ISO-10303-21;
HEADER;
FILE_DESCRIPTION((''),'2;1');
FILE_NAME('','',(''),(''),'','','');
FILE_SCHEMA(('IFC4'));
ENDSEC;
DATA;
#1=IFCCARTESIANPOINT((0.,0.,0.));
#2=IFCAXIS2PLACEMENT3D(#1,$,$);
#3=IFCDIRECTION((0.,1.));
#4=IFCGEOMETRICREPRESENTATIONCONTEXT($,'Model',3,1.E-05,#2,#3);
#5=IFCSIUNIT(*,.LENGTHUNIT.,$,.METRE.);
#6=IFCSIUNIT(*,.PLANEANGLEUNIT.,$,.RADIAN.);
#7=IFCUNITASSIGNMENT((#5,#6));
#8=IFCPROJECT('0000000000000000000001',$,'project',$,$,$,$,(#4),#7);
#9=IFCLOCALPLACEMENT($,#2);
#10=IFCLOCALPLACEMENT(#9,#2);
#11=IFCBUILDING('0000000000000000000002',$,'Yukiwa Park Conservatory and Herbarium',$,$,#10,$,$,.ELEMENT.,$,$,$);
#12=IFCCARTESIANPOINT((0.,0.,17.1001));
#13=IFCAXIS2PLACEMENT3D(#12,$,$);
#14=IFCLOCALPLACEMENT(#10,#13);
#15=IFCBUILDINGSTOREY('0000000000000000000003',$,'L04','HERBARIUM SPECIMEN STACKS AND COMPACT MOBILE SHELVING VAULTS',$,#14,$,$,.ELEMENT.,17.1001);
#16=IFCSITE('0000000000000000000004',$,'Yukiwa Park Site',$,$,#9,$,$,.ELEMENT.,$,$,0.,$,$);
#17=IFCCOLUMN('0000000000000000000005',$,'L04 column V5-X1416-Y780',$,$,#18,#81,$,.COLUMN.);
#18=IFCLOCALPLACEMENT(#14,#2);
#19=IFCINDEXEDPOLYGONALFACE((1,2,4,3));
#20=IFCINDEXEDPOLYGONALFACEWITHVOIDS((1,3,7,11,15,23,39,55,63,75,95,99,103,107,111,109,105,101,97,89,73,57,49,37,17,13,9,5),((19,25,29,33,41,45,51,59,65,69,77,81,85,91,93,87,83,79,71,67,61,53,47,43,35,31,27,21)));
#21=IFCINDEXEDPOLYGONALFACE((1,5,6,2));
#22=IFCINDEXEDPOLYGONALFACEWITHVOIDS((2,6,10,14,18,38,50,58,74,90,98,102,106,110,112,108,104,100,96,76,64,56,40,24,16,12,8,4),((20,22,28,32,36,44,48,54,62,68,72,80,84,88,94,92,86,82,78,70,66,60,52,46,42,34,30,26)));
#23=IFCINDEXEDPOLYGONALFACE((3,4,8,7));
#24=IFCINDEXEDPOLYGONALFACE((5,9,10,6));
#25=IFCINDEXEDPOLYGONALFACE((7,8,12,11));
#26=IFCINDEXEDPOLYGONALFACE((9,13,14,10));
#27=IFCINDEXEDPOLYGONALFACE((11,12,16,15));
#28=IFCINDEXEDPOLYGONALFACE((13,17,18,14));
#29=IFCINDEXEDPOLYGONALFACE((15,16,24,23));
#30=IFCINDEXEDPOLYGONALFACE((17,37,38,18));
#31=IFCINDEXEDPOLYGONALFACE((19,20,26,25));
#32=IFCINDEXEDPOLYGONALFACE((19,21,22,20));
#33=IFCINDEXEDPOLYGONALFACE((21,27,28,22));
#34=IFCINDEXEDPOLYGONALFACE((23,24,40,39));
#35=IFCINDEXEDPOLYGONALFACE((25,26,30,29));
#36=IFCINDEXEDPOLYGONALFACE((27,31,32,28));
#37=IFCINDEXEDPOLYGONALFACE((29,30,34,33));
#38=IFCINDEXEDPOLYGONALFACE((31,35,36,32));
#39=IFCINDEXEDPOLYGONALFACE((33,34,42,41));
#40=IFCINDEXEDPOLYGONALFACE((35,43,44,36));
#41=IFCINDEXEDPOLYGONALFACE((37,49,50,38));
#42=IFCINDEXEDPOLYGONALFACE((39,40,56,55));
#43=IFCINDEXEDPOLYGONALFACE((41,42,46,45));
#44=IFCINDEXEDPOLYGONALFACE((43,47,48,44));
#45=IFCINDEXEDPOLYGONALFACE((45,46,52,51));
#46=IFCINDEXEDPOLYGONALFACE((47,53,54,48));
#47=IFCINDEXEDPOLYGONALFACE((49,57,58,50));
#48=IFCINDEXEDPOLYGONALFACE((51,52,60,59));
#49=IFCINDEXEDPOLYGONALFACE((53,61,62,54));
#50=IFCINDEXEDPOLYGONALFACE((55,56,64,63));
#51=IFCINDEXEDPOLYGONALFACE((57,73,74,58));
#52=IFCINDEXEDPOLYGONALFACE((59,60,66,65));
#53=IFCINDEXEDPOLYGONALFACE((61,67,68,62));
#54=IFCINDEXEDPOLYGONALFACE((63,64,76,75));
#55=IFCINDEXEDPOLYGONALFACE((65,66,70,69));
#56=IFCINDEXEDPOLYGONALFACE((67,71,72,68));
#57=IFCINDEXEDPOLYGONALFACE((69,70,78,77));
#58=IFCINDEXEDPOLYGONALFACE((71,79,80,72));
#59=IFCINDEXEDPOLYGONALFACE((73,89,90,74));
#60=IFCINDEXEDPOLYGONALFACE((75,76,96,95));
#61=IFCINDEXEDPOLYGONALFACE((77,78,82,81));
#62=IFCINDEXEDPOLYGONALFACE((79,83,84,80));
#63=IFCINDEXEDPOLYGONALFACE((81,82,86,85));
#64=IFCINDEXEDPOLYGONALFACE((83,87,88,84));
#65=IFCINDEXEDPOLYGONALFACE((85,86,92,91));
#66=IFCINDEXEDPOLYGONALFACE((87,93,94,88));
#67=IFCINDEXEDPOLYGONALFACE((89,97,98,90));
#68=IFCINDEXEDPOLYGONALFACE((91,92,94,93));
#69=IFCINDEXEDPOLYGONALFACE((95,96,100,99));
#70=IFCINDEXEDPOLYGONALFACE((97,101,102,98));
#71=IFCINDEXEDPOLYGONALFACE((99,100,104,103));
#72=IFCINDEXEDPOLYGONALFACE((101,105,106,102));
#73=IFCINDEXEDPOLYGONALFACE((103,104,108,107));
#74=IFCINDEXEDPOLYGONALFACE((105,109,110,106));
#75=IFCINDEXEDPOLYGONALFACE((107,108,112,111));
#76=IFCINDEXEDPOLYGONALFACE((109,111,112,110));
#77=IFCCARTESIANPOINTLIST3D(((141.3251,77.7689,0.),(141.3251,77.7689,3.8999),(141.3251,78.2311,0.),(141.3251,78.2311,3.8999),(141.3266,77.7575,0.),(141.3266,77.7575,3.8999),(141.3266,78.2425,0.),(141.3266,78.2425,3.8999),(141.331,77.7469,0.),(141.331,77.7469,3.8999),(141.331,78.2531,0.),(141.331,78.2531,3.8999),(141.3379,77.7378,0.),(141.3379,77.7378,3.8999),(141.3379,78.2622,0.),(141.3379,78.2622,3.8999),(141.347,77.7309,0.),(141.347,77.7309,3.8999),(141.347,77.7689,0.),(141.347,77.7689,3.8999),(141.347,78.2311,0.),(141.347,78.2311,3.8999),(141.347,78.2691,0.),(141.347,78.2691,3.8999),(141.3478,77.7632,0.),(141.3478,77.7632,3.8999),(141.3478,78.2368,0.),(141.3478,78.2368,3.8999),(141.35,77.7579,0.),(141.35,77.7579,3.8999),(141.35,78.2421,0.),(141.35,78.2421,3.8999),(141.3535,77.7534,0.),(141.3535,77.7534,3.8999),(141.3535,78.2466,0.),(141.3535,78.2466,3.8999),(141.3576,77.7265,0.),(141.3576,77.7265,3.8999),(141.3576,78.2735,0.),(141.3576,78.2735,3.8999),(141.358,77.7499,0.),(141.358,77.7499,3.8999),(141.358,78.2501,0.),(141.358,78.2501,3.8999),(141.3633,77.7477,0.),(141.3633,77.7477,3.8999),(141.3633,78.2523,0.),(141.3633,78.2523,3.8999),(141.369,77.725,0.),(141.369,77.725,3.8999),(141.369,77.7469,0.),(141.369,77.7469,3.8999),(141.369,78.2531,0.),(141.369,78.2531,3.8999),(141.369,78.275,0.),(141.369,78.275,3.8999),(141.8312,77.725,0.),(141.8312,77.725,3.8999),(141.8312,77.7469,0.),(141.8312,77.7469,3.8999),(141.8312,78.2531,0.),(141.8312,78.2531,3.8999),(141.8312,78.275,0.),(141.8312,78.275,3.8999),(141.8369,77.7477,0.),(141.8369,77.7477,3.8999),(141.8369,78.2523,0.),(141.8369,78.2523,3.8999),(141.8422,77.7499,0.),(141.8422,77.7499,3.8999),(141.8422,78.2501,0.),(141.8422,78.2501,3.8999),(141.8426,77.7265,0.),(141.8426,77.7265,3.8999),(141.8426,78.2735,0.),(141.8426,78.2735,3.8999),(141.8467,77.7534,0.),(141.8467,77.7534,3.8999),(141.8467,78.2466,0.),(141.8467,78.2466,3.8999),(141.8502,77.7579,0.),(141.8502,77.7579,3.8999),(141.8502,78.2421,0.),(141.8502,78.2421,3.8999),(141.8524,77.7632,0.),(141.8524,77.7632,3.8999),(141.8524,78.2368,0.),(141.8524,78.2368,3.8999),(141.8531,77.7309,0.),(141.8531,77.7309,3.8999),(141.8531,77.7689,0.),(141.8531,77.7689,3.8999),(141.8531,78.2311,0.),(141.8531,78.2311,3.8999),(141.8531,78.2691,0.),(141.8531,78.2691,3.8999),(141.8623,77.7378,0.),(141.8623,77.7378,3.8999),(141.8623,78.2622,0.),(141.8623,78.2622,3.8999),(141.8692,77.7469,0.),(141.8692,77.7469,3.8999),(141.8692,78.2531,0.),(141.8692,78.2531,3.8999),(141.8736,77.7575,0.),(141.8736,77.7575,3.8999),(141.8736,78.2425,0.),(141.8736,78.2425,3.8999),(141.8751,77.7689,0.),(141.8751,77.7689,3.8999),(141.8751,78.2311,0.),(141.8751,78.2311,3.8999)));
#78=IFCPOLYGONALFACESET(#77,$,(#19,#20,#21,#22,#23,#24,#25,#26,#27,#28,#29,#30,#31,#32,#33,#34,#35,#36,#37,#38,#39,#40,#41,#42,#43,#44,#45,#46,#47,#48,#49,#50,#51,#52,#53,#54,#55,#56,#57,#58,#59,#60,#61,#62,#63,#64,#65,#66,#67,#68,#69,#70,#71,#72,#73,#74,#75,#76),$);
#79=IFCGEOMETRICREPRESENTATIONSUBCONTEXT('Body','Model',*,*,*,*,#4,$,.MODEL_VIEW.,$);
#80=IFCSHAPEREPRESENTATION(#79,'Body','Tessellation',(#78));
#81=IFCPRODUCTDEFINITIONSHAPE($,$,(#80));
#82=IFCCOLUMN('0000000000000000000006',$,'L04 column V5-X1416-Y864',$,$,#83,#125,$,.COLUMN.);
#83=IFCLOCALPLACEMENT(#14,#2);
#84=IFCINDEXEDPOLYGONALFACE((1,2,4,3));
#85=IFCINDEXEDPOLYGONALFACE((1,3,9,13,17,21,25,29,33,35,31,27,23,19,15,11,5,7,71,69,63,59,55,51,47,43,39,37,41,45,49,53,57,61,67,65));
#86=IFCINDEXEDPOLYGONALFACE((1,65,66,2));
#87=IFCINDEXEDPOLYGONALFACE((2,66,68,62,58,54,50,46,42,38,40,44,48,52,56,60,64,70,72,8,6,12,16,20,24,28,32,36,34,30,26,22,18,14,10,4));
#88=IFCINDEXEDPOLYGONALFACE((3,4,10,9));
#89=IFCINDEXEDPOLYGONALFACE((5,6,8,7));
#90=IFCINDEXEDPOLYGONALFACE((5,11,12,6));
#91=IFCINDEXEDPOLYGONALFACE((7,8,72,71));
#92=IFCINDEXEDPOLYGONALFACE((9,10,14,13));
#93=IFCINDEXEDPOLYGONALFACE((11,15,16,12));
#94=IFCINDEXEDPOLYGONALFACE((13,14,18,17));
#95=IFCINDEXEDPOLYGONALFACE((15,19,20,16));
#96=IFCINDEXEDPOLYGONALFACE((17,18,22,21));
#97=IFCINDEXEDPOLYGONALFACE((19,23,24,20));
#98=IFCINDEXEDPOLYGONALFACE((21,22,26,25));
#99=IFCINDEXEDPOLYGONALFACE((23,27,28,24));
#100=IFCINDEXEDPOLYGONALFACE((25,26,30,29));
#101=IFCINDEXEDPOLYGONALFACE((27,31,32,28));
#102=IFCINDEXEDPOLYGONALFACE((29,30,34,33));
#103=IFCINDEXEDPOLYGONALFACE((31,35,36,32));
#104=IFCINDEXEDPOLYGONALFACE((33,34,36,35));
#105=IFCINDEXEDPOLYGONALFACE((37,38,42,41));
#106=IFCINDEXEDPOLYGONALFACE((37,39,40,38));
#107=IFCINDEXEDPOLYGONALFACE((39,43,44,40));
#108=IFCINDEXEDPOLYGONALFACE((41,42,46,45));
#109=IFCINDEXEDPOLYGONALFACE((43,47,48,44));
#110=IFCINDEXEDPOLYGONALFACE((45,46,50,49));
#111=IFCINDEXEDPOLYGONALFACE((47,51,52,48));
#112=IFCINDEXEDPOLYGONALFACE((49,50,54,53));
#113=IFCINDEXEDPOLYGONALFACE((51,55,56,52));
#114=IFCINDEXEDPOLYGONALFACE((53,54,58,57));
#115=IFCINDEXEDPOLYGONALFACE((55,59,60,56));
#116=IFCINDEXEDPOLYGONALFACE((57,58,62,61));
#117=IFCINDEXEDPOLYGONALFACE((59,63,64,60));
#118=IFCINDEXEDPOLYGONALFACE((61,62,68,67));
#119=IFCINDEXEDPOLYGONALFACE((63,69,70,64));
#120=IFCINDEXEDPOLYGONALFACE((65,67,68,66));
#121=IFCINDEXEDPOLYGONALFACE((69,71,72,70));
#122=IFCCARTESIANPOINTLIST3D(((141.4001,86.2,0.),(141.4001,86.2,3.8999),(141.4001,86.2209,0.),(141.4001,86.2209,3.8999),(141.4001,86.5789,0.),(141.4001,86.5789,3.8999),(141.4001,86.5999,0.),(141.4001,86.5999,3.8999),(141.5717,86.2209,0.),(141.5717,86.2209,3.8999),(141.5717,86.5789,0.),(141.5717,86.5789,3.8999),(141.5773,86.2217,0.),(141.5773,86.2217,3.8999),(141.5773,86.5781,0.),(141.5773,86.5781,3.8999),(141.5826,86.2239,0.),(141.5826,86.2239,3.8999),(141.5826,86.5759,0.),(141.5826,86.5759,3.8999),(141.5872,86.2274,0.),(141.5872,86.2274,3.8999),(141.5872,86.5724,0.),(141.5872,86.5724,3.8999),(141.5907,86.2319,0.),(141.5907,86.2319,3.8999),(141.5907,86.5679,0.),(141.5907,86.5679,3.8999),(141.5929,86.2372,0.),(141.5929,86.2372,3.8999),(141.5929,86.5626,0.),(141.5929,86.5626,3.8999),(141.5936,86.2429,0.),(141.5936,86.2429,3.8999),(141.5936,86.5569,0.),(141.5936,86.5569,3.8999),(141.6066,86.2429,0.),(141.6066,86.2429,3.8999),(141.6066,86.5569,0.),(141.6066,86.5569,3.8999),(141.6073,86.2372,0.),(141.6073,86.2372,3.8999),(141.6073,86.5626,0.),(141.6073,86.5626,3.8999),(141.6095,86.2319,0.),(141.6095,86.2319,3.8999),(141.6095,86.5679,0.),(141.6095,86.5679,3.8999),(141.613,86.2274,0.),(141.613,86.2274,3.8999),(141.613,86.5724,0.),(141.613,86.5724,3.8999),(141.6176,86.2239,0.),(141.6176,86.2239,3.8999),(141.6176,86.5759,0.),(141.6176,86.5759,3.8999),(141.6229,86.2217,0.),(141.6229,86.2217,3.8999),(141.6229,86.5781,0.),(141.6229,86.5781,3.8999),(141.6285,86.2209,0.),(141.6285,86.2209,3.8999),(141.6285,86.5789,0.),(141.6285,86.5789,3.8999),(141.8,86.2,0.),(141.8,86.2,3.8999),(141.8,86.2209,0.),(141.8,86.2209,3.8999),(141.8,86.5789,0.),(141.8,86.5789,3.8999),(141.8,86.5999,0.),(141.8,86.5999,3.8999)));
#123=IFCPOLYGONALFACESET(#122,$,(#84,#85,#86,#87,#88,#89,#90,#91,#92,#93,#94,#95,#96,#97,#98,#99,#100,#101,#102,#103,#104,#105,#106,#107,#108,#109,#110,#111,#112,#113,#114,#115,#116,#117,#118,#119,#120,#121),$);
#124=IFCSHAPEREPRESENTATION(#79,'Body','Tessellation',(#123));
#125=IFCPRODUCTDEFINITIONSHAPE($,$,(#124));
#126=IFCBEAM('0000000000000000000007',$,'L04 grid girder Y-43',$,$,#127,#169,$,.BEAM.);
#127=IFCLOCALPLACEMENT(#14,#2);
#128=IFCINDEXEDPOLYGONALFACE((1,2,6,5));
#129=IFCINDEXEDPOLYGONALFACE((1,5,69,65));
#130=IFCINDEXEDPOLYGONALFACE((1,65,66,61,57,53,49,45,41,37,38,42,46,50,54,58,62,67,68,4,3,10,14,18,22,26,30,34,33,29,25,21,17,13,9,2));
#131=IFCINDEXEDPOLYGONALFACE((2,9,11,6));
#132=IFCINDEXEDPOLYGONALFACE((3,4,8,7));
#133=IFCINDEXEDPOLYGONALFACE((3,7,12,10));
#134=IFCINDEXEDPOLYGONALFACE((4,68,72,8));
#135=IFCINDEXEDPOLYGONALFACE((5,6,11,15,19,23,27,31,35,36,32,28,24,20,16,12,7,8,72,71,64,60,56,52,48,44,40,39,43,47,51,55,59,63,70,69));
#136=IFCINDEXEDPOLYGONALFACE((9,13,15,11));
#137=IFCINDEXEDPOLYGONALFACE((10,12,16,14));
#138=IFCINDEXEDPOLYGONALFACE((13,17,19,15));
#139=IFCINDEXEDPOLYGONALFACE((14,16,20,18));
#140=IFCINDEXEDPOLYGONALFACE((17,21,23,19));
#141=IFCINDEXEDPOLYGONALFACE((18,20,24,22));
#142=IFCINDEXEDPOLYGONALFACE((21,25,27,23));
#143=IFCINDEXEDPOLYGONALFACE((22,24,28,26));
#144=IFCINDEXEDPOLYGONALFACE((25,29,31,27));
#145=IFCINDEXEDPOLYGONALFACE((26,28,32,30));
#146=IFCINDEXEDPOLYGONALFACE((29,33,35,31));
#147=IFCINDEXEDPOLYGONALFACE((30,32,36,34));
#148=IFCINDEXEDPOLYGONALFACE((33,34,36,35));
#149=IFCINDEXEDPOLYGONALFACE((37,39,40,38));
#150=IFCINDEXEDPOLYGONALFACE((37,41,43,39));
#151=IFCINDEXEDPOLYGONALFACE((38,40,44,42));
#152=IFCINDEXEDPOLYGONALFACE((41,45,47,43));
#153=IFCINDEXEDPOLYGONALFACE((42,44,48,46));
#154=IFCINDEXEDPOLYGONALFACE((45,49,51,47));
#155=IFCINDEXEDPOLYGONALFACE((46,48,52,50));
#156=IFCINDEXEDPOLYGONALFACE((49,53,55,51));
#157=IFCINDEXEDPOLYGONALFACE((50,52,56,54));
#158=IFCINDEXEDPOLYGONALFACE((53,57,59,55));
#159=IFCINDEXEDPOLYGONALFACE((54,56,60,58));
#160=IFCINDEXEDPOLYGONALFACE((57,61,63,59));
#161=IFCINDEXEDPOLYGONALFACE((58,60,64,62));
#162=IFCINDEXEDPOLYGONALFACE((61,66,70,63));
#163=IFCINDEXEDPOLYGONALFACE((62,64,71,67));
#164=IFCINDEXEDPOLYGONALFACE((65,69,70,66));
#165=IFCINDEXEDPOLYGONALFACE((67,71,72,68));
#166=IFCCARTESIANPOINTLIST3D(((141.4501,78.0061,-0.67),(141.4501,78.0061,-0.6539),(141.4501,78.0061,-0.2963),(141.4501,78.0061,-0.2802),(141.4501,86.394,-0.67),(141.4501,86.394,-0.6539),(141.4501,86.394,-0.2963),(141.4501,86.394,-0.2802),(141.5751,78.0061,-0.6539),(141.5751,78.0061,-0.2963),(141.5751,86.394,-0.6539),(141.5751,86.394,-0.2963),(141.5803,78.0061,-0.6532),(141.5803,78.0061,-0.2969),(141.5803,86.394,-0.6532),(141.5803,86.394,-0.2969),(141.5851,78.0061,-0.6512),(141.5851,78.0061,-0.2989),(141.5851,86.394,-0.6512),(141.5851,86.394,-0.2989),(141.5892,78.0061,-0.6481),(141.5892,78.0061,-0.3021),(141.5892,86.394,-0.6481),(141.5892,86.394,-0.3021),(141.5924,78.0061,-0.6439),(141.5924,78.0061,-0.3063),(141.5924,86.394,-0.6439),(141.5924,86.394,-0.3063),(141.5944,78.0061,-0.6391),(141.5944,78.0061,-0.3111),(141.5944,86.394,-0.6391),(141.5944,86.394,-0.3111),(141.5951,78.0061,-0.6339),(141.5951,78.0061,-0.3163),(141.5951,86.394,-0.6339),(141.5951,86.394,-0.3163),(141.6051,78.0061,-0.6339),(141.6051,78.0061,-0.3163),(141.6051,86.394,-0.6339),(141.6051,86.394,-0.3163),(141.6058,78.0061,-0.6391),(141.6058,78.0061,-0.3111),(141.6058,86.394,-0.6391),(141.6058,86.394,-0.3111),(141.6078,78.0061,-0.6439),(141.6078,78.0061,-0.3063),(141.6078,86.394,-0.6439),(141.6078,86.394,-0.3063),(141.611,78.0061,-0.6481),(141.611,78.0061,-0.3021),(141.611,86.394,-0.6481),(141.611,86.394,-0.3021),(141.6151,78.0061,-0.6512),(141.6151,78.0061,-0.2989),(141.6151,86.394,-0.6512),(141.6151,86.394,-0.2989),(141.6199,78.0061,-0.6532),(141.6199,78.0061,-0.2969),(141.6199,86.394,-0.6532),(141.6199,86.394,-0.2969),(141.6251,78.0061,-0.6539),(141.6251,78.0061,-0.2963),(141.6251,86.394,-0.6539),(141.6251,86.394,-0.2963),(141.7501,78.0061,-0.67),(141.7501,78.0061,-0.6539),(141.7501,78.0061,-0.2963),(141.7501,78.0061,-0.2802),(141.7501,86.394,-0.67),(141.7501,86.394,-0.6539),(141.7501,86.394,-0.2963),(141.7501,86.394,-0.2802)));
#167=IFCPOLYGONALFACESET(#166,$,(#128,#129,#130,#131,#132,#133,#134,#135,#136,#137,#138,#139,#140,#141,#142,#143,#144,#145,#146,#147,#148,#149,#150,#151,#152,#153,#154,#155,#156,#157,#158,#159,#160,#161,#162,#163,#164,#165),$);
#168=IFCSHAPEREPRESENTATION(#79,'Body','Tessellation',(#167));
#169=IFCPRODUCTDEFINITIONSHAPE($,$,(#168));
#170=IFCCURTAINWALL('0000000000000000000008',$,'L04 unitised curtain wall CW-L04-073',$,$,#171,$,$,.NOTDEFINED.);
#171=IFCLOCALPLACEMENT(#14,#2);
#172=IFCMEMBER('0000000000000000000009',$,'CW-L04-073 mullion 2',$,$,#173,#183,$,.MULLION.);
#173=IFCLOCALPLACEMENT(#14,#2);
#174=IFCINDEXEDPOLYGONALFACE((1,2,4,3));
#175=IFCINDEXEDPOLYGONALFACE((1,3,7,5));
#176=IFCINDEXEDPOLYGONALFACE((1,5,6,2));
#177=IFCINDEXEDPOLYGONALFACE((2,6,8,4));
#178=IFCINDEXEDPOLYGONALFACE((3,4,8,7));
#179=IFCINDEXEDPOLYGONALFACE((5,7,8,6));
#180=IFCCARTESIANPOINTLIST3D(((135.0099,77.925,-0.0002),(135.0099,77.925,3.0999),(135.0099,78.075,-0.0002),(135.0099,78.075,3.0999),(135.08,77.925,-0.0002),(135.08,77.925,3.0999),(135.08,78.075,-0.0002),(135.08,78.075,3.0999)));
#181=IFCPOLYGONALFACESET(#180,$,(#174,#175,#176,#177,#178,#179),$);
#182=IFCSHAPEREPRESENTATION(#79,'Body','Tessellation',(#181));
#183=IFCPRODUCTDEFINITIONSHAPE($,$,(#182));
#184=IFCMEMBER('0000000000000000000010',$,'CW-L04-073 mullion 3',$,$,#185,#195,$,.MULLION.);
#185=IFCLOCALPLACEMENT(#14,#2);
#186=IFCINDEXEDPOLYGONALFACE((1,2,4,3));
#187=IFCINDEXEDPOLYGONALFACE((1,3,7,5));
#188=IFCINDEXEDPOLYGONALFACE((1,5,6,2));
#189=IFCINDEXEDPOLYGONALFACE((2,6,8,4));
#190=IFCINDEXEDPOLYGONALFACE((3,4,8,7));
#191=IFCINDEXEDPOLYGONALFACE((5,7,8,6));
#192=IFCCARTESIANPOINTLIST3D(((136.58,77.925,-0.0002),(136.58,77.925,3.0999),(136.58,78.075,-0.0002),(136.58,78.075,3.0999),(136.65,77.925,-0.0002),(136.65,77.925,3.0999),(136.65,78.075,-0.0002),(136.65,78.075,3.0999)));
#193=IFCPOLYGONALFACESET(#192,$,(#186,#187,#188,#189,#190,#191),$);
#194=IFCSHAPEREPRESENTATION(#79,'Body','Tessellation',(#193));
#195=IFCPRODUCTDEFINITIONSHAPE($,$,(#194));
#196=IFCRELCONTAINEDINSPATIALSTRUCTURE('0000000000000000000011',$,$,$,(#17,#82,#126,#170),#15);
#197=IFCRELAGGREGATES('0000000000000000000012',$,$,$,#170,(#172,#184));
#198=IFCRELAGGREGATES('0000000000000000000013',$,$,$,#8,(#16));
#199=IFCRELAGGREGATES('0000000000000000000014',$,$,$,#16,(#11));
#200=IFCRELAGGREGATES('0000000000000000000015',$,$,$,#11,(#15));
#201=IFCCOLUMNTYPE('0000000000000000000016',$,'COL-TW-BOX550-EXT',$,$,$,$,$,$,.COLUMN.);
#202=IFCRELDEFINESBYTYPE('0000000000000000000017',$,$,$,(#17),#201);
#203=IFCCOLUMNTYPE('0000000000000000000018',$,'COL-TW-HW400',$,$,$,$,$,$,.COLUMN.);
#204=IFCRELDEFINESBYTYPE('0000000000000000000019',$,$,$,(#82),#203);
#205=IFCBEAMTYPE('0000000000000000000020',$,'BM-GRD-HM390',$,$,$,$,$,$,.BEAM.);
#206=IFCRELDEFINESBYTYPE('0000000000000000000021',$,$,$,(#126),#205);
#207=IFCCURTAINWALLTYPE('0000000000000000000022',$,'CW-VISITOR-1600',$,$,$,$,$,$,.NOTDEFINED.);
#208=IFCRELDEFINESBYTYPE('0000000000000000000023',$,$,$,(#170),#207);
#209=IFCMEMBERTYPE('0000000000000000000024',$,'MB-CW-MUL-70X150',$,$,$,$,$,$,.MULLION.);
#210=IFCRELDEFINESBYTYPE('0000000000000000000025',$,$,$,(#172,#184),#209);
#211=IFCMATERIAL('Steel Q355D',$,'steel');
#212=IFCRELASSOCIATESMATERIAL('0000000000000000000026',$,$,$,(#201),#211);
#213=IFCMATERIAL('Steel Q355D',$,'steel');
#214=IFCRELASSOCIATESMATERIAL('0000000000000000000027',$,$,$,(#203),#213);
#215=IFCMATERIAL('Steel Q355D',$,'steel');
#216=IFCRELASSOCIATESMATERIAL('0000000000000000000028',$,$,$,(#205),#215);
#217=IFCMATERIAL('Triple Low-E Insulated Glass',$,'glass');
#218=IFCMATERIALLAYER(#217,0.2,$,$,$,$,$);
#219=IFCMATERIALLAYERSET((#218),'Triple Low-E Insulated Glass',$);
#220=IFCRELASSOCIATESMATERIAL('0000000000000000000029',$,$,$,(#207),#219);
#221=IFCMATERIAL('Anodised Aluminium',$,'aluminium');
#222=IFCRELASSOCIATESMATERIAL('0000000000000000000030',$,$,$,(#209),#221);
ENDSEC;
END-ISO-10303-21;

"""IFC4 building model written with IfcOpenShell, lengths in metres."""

from ifc_helpers import new_model, si_unit, direction, frame, origin, origin_2d, place, context, subcontext, project, spatial, rectangle, hollow_rectangle, i_section, extrude, material, layer, layer_set, material_profile, profile_set, type_object, element, aggregate, save


model = new_model("IFC4")

# Units and contexts
model_context = context("Model", 3, precision=1e-05, world=origin(), true_north=direction((0.0, 1.0)))
body_context = subcontext(model_context, "Body", "Model", "MODEL_VIEW")
ifc_project = project(units=[si_unit("LENGTHUNIT", "METRE"), si_unit("PLANEANGLEUNIT", "RADIAN")], contexts=[model_context])

# Site, building, storey
site_placement = place(None, origin())
site = spatial("IfcSite", under=ifc_project, at=site_placement, Name="Yukiwa Park Site", CompositionType="ELEMENT", RefElevation=0.0)
building_placement = place(site_placement, origin())
building = spatial("IfcBuilding", under=site, at=building_placement, Name="Yukiwa Park Conservatory and Herbarium", CompositionType="ELEMENT")
storey_placement = place(building_placement, frame((0.0, 0.0, 17.1001)))
storey = spatial("IfcBuildingStorey", under=building, at=storey_placement, Name="L04", Description="HERBARIUM SPECIMEN STACKS AND COMPACT MOBILE SHELVING VAULTS", CompositionType="ELEMENT", Elevation=17.1001)

# Columns
ifc_material_1 = material(Name="Steel Q355D", Category="steel")
ifc_material_profile_1 = material_profile(ifc_material_1, hollow_rectangle(XDim=0.55, YDim=0.55, WallThickness=0.022, InnerFilletRadius=0.022, OuterFilletRadius=0.0439, at=origin_2d()), Name="BOX 550x550x22")
ifc_profile_set_1 = profile_set([ifc_material_profile_1], Name="Steel Q355D")
column_type_1 = type_object("IfcColumnType", Name="COL-TW-BOX550-EXT", PredefinedType="COLUMN", material=ifc_profile_set_1)
column_1_placement = place(storey_placement, frame((141.6001, 78.0, 0.0), z_axis=(0.0, 0.0, 1.0), x_axis=(1.0, 0.0, 0.0)))
element("IfcColumn", 1, at=column_1_placement, inside=storey, type_object=column_type_1, Name="L04 column V5-X1416-Y780", PredefinedType="COLUMN", context=body_context, shape_type="SweptSolid", body=[
    extrude(hollow_rectangle(XDim=0.55, YDim=0.55, WallThickness=0.022, InnerFilletRadius=0.022, OuterFilletRadius=0.0439, at=origin_2d()), origin(), (0.0, 0.0, 1.0), 3.8999),
])
ifc_material_2 = material(Name="Steel Q355D", Category="steel")
ifc_material_profile_2 = material_profile(ifc_material_2, i_section(OverallWidth=0.3999, OverallDepth=0.3999, WebThickness=0.0129, FlangeThickness=0.021, FilletRadius=0.022, at=origin_2d()), Name="HW 400x400x13x21")
ifc_profile_set_2 = profile_set([ifc_material_profile_2], Name="Steel Q355D")
column_type_2 = type_object("IfcColumnType", Name="COL-TW-HW400", PredefinedType="COLUMN", material=ifc_profile_set_2)
column_2_placement = place(storey_placement, frame((141.6001, 86.3999, 0.0), z_axis=(0.0, 0.0, 1.0), x_axis=(1.0, 0.0, 0.0)))
element("IfcColumn", 2, at=column_2_placement, inside=storey, type_object=column_type_2, Name="L04 column V5-X1416-Y864", PredefinedType="COLUMN", context=body_context, shape_type="SweptSolid", body=[
    extrude(i_section(OverallWidth=0.3999, OverallDepth=0.3999, WebThickness=0.0129, FlangeThickness=0.021, FilletRadius=0.022, at=origin_2d()), origin(), (0.0, 0.0, 1.0), 3.8999),
])

# Beam
ifc_material_3 = material(Name="Steel Q355D", Category="steel")
ifc_material_profile_3 = material_profile(ifc_material_3, i_section(OverallWidth=0.3, OverallDepth=0.3899, WebThickness=0.01, FlangeThickness=0.0161, FilletRadius=0.02, at=origin_2d()), Name="HM 390x300x10x16")
ifc_profile_set_3 = profile_set([ifc_material_profile_3], Name="Steel Q355D")
beam_type = type_object("IfcBeamType", Name="BM-GRD-HM390", PredefinedType="BEAM", material=ifc_profile_set_3)
beam_placement = place(storey_placement, frame((141.6001, 78.0061, -0.4751), z_axis=(0.0, 1.0, 0.0), x_axis=(-1.0, 0.0, 0.0)))
element("IfcBeam", 3, at=beam_placement, inside=storey, type_object=beam_type, Name="L04 grid girder Y-43", PredefinedType="BEAM", context=body_context, shape_type="SweptSolid", body=[
    extrude(i_section(OverallWidth=0.3, OverallDepth=0.3899, WebThickness=0.01, FlangeThickness=0.0161, FilletRadius=0.02, at=origin_2d()), origin(), (0.0, 0.0, 1.0), 8.3879),
])

# Curtain wall, members
ifc_material_4 = material(Name="Triple Low-E Insulated Glass", Category="glass")
ifc_layer_1 = layer(ifc_material_4, 0.2)
ifc_layer_set_1 = layer_set([ifc_layer_1], Name="Triple Low-E Insulated Glass")
curtain_wall_type = type_object("IfcCurtainWallType", Name="CW-VISITOR-1600", PredefinedType="NOTDEFINED", material=ifc_layer_set_1)
curtain_wall_placement = place(storey_placement, origin())
curtain_wall = element("IfcCurtainWall", 4, at=curtain_wall_placement, inside=storey, type_object=curtain_wall_type, Name="L04 unitised curtain wall CW-L04-073", PredefinedType="NOTDEFINED")
ifc_material_5 = material(Name="Anodised Aluminium", Category="aluminium")
member_type_1 = type_object("IfcMemberType", Name="MB-CW-MUL-70X150", PredefinedType="MULLION", material=ifc_material_5)
member_1_placement = place(storey_placement, frame((135.0449, 78.0, -0.0002), z_axis=(0.0, 0.0, 1.0), x_axis=(1.0, 0.0, 0.0)))
member_1 = element("IfcMember", 5, at=member_1_placement, type_object=member_type_1, Name="CW-L04-073 mullion 2", PredefinedType="MULLION", context=body_context, shape_type="SweptSolid", body=[
    extrude(rectangle(XDim=0.0701, YDim=0.1499, at=origin_2d()), origin(), (0.0, 0.0, 1.0), 3.1001),
])
member_2_placement = place(storey_placement, frame((136.615, 78.0, -0.0002), z_axis=(0.0, 0.0, 1.0), x_axis=(1.0, 0.0, 0.0)))
member_2 = element("IfcMember", 6, at=member_2_placement, type_object=member_type_1, Name="CW-L04-073 mullion 3", PredefinedType="MULLION", context=body_context, shape_type="SweptSolid", body=[
    extrude(rectangle(XDim=0.0701, YDim=0.1499, at=origin_2d()), origin(), (0.0, 0.0, 1.0), 3.1001),
])
aggregate(curtain_wall, [member_1, member_2])

save(model, "model.ifc")
